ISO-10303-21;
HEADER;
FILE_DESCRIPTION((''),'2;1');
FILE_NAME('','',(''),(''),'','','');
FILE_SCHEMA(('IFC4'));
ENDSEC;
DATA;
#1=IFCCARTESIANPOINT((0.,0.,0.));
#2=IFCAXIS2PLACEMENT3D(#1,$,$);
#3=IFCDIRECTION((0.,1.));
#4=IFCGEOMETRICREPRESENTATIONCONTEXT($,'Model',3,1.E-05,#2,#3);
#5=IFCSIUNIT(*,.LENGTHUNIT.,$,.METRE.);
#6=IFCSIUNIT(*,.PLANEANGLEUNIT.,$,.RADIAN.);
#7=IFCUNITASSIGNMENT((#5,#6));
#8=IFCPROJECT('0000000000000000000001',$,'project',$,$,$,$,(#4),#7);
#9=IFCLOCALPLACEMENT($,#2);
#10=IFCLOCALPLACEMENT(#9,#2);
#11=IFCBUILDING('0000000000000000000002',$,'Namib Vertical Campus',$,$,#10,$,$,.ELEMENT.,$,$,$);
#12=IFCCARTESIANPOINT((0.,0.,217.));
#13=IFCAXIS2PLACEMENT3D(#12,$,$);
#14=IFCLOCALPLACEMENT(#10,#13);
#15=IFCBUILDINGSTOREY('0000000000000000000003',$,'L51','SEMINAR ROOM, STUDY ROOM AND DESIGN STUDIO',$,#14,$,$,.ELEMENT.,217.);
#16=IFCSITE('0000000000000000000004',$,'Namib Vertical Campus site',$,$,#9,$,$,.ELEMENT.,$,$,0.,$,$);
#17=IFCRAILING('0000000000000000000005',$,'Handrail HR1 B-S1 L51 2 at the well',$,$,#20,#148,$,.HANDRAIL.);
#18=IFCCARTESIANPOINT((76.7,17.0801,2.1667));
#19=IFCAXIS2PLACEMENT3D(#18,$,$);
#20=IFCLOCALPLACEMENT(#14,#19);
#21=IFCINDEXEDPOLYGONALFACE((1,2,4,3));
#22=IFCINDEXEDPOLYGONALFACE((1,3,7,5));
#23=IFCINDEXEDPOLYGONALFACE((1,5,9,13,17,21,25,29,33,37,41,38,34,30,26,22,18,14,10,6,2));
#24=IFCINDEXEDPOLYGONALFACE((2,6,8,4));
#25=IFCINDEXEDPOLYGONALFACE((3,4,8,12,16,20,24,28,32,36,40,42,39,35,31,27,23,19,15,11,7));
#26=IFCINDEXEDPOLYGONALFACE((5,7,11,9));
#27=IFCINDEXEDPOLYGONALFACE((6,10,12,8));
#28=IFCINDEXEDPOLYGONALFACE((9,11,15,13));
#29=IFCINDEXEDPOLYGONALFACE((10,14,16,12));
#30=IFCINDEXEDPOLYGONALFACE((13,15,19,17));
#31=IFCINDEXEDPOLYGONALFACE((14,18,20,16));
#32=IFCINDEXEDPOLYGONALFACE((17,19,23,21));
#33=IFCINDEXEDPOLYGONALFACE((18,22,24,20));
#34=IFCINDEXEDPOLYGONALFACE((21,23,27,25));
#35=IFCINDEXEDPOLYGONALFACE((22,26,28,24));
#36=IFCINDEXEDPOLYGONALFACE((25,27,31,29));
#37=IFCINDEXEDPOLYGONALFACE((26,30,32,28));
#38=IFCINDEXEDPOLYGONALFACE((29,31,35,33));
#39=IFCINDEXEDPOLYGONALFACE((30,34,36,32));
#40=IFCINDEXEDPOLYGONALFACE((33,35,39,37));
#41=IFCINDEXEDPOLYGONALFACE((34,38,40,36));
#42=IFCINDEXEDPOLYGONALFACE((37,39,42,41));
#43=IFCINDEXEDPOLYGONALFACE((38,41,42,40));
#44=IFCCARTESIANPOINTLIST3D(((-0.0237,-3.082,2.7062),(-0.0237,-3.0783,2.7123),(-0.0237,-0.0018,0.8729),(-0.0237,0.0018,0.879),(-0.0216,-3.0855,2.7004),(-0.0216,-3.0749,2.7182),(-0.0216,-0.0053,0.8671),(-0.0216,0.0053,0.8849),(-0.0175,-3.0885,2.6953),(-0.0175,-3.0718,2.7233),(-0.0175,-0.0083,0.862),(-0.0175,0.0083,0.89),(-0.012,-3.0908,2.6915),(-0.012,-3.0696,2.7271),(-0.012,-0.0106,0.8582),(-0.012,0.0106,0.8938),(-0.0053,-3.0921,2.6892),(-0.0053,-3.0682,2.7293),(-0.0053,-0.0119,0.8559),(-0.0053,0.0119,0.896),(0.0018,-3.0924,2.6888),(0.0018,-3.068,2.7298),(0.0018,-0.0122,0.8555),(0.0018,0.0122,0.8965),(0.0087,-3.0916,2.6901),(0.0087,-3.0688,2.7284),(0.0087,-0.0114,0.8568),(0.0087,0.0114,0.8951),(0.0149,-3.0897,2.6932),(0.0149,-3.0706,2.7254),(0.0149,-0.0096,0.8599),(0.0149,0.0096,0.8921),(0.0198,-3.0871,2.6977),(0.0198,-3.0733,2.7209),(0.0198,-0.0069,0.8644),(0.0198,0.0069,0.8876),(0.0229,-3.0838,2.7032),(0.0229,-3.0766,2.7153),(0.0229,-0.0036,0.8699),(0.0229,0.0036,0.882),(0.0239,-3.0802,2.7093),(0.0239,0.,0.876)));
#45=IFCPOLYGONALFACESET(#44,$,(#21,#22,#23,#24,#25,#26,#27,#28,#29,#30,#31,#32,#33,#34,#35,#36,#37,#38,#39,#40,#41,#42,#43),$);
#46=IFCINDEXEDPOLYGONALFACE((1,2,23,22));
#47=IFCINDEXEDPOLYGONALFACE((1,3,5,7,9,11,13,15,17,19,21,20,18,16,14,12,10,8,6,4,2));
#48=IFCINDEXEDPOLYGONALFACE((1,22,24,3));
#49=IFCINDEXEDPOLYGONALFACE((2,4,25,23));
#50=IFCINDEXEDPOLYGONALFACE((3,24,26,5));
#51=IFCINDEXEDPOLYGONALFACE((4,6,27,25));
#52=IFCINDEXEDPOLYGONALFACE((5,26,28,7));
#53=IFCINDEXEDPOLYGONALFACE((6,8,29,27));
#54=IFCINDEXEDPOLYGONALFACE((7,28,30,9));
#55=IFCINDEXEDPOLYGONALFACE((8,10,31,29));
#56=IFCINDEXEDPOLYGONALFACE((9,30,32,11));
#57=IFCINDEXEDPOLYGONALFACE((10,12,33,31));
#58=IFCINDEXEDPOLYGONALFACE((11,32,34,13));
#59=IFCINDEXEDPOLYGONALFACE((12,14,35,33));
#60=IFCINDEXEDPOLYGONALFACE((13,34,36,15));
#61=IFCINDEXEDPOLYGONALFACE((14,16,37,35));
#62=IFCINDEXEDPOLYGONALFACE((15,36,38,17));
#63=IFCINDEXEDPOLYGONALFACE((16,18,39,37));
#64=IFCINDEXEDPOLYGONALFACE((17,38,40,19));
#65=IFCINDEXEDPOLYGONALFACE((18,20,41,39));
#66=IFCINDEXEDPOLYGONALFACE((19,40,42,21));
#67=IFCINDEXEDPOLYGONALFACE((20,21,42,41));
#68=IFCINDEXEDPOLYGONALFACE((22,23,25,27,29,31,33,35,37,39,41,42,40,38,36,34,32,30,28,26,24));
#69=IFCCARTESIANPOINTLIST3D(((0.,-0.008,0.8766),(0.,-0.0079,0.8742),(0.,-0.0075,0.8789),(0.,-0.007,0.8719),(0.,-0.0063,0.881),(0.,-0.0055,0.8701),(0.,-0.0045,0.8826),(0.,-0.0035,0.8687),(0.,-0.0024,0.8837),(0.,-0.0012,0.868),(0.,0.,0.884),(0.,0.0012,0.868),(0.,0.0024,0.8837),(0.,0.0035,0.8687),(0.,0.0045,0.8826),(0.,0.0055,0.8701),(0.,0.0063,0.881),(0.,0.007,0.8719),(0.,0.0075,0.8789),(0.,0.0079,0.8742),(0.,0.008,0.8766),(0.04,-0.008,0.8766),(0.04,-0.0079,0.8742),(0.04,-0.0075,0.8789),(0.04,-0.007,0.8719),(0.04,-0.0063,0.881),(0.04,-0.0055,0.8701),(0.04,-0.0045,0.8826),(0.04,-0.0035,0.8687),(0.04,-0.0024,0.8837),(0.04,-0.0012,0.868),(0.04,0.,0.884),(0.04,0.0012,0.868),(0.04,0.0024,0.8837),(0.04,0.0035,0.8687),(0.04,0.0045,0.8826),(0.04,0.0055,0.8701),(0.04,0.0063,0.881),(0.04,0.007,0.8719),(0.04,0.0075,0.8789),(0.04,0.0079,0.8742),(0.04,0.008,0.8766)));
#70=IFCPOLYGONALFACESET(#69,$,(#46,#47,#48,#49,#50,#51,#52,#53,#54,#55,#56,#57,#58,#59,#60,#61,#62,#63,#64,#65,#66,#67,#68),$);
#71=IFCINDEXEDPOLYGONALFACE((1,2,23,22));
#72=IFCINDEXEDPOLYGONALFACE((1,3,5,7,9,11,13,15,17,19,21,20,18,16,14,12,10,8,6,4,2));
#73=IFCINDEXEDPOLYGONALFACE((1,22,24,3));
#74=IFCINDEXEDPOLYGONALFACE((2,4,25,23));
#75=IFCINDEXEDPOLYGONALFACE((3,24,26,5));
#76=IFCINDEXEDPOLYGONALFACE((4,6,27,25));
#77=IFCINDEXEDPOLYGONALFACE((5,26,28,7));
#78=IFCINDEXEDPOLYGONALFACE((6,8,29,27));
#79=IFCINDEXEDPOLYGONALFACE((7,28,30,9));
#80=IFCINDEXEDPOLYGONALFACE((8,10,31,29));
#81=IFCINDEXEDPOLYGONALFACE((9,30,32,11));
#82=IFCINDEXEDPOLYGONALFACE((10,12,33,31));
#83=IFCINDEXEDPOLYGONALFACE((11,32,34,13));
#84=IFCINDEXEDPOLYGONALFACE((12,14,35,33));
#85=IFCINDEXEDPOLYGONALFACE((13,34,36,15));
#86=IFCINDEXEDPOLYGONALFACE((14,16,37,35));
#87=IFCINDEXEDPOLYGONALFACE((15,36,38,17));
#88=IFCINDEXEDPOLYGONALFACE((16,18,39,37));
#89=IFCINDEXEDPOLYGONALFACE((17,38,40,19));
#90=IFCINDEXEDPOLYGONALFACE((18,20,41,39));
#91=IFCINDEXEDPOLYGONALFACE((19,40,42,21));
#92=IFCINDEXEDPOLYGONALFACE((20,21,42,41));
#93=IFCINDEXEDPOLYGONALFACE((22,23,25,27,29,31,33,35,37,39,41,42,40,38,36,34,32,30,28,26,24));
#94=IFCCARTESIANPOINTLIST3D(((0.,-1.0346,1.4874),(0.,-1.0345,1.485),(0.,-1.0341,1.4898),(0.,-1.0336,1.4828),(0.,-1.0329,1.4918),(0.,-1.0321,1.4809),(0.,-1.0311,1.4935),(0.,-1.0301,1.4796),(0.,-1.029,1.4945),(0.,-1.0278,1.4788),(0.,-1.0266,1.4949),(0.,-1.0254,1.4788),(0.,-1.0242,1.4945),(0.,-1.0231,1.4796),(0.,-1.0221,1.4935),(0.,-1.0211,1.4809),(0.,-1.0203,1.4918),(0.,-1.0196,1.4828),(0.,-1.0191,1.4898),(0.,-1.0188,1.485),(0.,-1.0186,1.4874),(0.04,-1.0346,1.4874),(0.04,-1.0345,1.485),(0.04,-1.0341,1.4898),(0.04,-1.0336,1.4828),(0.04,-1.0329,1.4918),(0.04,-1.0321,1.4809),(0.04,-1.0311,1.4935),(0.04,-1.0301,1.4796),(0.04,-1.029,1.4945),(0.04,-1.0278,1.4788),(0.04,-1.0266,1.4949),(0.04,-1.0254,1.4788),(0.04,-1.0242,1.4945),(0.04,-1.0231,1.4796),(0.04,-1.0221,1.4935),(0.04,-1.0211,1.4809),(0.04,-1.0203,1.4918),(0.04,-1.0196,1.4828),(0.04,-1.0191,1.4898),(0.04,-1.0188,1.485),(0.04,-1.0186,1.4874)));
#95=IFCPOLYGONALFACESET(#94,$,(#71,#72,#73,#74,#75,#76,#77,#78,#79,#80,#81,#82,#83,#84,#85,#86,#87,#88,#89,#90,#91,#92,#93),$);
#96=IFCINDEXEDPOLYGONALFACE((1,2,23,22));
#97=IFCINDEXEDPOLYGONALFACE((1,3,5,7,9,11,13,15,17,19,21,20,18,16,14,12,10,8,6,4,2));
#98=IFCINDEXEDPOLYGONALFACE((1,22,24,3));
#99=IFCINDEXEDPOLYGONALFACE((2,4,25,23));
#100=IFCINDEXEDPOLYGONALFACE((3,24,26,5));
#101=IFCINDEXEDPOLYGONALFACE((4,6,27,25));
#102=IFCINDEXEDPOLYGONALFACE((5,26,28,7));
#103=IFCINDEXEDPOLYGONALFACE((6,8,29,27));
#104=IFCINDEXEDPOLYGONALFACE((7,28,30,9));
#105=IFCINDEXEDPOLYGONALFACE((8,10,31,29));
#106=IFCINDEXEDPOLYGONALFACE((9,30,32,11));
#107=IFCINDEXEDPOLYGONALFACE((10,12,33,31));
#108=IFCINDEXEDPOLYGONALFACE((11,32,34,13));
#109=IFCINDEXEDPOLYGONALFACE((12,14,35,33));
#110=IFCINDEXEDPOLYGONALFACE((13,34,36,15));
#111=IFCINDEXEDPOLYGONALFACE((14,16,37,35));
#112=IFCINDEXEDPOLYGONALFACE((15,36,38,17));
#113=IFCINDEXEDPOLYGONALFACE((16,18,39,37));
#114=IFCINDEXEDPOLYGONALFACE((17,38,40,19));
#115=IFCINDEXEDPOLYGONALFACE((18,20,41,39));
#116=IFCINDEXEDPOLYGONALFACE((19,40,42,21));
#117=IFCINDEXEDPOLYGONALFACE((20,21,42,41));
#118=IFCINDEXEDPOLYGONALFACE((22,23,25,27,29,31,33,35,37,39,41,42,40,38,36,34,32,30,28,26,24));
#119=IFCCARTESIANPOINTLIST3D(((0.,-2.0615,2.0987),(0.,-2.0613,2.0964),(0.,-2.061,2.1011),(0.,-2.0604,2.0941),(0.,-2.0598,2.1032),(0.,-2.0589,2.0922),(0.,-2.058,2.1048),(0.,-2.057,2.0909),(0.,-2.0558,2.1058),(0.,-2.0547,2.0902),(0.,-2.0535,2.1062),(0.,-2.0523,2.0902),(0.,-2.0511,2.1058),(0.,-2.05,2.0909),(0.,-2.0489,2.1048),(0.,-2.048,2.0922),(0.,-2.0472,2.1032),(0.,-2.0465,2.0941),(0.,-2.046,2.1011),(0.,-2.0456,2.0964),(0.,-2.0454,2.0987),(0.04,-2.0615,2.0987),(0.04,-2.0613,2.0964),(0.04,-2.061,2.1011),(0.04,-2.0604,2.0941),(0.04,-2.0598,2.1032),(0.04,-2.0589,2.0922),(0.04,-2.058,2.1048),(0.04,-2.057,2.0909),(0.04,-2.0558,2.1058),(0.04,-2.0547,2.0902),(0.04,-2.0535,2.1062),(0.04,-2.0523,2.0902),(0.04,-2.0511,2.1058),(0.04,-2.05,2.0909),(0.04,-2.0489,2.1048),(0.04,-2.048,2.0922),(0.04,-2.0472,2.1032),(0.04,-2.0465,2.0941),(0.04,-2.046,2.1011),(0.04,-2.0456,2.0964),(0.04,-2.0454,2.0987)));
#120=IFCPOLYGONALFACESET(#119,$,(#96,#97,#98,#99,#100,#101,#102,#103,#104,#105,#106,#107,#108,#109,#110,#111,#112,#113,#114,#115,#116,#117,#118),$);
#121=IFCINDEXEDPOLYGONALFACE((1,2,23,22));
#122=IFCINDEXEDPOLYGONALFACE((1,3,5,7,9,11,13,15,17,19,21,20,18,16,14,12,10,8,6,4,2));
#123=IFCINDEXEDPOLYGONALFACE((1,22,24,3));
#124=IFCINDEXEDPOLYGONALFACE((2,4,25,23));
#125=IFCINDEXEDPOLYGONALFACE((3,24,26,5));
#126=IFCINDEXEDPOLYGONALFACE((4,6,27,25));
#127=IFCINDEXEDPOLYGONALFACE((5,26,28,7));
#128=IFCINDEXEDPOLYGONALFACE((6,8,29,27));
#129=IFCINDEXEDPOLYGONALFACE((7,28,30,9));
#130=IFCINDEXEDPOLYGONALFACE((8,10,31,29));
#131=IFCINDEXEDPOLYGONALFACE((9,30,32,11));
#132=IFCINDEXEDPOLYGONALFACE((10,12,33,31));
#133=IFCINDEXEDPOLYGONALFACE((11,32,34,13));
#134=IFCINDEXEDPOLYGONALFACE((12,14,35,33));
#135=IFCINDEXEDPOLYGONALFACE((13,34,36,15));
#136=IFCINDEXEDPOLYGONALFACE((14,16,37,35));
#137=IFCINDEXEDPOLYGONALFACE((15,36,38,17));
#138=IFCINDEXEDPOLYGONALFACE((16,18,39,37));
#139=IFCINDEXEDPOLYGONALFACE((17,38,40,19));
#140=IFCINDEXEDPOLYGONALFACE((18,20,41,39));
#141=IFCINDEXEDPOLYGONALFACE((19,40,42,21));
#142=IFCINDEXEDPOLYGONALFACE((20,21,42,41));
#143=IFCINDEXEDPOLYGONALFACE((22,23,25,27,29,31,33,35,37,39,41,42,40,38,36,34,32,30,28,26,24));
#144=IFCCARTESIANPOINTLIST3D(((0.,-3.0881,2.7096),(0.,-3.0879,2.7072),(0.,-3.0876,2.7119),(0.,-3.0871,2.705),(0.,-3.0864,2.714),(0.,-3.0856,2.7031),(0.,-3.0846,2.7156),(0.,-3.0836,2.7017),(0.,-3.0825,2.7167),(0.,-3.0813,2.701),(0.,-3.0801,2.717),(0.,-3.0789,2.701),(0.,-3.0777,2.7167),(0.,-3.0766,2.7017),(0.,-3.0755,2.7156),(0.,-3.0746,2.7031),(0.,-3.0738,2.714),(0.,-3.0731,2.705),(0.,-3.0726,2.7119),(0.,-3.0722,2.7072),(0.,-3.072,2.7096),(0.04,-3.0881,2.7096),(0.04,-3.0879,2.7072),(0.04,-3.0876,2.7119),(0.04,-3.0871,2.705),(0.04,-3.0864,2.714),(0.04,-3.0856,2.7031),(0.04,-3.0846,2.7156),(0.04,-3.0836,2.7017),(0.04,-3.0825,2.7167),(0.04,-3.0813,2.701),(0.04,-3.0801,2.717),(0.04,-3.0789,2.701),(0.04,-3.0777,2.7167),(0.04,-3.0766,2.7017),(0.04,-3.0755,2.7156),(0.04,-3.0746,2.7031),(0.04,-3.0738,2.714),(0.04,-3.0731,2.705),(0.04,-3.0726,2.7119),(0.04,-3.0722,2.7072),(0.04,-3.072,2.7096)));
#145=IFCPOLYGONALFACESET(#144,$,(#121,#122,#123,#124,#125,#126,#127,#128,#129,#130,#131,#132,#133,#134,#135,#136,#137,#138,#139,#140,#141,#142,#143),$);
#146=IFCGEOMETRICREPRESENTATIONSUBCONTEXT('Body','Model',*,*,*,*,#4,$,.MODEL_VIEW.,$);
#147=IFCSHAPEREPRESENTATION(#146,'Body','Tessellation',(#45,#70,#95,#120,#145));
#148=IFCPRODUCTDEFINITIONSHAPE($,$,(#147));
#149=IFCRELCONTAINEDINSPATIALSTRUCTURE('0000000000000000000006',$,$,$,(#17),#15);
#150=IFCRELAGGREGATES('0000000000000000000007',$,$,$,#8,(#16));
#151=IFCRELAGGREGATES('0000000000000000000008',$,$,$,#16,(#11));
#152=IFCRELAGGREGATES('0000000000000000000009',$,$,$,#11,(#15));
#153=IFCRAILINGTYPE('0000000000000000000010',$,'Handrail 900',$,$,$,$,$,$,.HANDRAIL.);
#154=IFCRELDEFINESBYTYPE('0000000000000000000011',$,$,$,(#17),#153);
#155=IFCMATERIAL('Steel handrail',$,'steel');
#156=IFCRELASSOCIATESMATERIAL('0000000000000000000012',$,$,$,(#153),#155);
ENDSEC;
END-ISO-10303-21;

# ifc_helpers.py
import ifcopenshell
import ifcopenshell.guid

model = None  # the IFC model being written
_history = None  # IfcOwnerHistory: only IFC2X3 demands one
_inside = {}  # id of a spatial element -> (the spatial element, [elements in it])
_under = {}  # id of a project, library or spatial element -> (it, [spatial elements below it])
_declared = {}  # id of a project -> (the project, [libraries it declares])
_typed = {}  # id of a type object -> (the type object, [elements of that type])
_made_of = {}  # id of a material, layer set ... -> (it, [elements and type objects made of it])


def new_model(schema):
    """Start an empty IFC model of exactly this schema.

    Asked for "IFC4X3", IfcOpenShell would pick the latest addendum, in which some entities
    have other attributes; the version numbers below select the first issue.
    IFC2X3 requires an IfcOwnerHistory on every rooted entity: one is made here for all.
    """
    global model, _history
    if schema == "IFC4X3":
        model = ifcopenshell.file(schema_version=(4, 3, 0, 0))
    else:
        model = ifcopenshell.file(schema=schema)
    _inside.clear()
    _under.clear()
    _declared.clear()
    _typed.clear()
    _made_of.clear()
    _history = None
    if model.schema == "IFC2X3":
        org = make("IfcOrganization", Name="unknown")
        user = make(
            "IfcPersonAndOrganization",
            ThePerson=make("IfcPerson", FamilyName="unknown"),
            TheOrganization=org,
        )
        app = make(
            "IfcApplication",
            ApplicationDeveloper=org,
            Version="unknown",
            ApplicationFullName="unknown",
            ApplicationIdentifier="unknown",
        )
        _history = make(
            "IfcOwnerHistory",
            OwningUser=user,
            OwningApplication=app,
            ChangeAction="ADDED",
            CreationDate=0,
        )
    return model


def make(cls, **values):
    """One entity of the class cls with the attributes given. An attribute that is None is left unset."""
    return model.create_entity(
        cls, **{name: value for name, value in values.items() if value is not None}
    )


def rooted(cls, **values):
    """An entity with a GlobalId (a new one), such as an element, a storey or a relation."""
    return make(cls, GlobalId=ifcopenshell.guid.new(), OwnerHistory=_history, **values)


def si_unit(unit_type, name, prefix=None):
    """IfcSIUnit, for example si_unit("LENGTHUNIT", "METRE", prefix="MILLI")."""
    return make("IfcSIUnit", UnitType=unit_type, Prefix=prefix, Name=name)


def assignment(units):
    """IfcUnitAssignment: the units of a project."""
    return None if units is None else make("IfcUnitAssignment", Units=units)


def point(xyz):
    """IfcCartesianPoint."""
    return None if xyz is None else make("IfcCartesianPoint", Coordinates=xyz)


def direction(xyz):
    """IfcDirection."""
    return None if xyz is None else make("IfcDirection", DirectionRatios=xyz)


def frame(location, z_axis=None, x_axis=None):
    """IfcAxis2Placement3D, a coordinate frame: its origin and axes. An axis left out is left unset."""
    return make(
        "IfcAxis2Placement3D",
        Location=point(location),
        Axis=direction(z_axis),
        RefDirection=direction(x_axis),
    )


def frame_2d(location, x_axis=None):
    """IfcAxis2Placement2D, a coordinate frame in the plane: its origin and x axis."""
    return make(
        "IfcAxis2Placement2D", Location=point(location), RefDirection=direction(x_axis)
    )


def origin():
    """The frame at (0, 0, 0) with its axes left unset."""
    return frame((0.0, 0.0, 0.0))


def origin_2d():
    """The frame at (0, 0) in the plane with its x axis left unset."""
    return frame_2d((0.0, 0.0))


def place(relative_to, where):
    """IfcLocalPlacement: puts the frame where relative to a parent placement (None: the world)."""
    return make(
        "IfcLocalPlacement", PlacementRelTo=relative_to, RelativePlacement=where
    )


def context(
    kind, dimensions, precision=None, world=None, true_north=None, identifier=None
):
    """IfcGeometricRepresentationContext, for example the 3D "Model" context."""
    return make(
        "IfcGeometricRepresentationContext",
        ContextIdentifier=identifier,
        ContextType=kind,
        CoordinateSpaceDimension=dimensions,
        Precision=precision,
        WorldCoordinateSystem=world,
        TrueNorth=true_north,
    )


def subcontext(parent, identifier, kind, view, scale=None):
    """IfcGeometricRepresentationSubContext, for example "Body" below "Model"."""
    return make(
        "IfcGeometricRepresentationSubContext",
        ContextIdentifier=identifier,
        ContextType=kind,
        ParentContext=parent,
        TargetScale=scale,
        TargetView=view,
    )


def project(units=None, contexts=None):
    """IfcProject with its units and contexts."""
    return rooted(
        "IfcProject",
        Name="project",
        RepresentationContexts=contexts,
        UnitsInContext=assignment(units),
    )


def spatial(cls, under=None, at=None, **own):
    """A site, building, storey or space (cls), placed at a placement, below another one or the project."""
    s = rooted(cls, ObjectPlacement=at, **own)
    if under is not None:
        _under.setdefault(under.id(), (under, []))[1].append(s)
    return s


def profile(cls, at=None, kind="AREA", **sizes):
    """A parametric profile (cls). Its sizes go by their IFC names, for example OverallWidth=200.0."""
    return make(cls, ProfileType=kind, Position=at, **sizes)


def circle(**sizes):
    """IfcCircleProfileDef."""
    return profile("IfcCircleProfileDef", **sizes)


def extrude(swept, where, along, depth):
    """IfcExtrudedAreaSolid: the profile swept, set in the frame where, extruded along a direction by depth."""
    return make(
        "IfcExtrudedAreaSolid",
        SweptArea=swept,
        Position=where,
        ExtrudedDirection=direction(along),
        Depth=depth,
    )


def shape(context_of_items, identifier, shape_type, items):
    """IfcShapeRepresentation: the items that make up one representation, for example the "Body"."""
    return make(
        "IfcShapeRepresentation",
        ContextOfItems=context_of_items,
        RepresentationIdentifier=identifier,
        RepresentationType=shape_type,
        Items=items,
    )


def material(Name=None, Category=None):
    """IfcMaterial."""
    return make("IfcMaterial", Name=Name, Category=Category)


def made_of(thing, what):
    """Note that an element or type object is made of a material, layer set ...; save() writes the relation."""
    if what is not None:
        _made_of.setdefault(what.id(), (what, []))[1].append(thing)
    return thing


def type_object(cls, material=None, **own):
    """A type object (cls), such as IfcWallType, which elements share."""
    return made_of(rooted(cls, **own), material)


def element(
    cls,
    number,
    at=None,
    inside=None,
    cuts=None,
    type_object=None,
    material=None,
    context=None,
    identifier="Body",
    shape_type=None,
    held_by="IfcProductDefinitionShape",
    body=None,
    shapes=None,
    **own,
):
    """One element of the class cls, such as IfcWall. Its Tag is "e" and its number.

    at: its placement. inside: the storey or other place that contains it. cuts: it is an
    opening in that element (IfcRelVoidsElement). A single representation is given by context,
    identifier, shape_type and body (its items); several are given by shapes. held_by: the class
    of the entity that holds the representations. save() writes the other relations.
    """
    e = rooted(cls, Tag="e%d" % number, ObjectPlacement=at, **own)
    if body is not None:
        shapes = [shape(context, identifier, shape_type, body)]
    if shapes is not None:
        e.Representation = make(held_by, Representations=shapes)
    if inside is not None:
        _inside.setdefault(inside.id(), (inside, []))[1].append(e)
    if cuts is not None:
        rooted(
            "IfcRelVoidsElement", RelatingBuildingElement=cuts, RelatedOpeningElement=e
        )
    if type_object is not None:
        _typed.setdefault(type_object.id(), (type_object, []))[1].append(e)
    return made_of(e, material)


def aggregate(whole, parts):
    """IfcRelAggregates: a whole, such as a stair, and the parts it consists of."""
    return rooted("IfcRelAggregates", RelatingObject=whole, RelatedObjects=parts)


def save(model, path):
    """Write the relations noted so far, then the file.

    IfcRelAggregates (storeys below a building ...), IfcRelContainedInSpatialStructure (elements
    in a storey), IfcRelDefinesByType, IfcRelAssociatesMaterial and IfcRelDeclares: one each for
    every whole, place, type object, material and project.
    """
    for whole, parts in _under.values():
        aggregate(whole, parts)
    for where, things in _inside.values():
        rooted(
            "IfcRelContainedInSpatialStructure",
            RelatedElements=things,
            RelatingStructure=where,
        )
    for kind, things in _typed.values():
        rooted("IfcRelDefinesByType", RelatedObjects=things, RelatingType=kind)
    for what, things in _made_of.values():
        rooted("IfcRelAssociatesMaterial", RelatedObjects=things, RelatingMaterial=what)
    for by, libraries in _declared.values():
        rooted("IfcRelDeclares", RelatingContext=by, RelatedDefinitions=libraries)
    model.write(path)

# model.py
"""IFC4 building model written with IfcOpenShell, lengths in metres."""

from ifc_helpers import new_model, si_unit, direction, frame, origin, origin_2d, place, context, subcontext, project, spatial, circle, extrude, material, type_object, element, save


model = new_model("IFC4")

# Units and contexts
model_context = context("Model", 3, precision=1e-05, world=origin(), true_north=direction((0.0, 1.0)))
body_context = subcontext(model_context, "Body", "Model", "MODEL_VIEW")
ifc_project = project(units=[si_unit("LENGTHUNIT", "METRE"), si_unit("PLANEANGLEUNIT", "RADIAN")], contexts=[model_context])

# Site, building, storey
site_placement = place(None, origin())
site = spatial("IfcSite", under=ifc_project, at=site_placement, Name="Namib Vertical Campus site", CompositionType="ELEMENT", RefElevation=0.0)
building_placement = place(site_placement, origin())
building = spatial("IfcBuilding", under=site, at=building_placement, Name="Namib Vertical Campus", CompositionType="ELEMENT")
storey_placement = place(building_placement, frame((0.0, 0.0, 217.0)))
storey = spatial("IfcBuildingStorey", under=building, at=storey_placement, Name="L51", Description="SEMINAR ROOM, STUDY ROOM AND DESIGN STUDIO", CompositionType="ELEMENT", Elevation=217.0)

# Railing
ifc_material_1 = material(Name="Steel handrail", Category="steel")
railing_type_1 = type_object("IfcRailingType", Name="Handrail 900", PredefinedType="HANDRAIL", material=ifc_material_1)
railing_1_placement = place(storey_placement, frame((76.7, 17.0801, 2.1667)))
element("IfcRailing", 1, at=railing_1_placement, inside=storey, type_object=railing_type_1, Name="Handrail HR1 B-S1 L51 2 at the well", PredefinedType="HANDRAIL", context=body_context, shape_type="SweptSolid", body=[
    extrude(circle(Radius=0.0239, at=origin_2d()), frame((0.0, 0.0, 0.876), z_axis=(0.0, -0.859309, 0.511458), x_axis=(1.0, 0.0, 0.0)), (0.0, 0.0, 1.0), 3.5845),
    extrude(circle(Radius=0.0081, at=origin_2d()), frame((0.0, 0.0, 0.876), z_axis=(1.0, 0.0, 0.0), x_axis=(0.0, 0.0, 1.0)), (0.0, 0.0, 1.0), 0.04),
    extrude(circle(Radius=0.0081, at=origin_2d()), frame((0.0, -1.0266, 1.4868), z_axis=(1.0, 0.0, 0.0), x_axis=(0.0, 0.0, 1.0)), (0.0, 0.0, 1.0), 0.04),
    extrude(circle(Radius=0.0081, at=origin_2d()), frame((0.0, -2.0535, 2.0981), z_axis=(1.0, 0.0, 0.0), x_axis=(0.0, 0.0, 1.0)), (0.0, 0.0, 1.0), 0.04),
    extrude(circle(Radius=0.0081, at=origin_2d()), frame((0.0, -3.0801, 2.709), z_axis=(1.0, 0.0, 0.0), x_axis=(0.0, 0.0, 1.0)), (0.0, 0.0, 1.0), 0.04),
])

save(model, "model.ifc")
